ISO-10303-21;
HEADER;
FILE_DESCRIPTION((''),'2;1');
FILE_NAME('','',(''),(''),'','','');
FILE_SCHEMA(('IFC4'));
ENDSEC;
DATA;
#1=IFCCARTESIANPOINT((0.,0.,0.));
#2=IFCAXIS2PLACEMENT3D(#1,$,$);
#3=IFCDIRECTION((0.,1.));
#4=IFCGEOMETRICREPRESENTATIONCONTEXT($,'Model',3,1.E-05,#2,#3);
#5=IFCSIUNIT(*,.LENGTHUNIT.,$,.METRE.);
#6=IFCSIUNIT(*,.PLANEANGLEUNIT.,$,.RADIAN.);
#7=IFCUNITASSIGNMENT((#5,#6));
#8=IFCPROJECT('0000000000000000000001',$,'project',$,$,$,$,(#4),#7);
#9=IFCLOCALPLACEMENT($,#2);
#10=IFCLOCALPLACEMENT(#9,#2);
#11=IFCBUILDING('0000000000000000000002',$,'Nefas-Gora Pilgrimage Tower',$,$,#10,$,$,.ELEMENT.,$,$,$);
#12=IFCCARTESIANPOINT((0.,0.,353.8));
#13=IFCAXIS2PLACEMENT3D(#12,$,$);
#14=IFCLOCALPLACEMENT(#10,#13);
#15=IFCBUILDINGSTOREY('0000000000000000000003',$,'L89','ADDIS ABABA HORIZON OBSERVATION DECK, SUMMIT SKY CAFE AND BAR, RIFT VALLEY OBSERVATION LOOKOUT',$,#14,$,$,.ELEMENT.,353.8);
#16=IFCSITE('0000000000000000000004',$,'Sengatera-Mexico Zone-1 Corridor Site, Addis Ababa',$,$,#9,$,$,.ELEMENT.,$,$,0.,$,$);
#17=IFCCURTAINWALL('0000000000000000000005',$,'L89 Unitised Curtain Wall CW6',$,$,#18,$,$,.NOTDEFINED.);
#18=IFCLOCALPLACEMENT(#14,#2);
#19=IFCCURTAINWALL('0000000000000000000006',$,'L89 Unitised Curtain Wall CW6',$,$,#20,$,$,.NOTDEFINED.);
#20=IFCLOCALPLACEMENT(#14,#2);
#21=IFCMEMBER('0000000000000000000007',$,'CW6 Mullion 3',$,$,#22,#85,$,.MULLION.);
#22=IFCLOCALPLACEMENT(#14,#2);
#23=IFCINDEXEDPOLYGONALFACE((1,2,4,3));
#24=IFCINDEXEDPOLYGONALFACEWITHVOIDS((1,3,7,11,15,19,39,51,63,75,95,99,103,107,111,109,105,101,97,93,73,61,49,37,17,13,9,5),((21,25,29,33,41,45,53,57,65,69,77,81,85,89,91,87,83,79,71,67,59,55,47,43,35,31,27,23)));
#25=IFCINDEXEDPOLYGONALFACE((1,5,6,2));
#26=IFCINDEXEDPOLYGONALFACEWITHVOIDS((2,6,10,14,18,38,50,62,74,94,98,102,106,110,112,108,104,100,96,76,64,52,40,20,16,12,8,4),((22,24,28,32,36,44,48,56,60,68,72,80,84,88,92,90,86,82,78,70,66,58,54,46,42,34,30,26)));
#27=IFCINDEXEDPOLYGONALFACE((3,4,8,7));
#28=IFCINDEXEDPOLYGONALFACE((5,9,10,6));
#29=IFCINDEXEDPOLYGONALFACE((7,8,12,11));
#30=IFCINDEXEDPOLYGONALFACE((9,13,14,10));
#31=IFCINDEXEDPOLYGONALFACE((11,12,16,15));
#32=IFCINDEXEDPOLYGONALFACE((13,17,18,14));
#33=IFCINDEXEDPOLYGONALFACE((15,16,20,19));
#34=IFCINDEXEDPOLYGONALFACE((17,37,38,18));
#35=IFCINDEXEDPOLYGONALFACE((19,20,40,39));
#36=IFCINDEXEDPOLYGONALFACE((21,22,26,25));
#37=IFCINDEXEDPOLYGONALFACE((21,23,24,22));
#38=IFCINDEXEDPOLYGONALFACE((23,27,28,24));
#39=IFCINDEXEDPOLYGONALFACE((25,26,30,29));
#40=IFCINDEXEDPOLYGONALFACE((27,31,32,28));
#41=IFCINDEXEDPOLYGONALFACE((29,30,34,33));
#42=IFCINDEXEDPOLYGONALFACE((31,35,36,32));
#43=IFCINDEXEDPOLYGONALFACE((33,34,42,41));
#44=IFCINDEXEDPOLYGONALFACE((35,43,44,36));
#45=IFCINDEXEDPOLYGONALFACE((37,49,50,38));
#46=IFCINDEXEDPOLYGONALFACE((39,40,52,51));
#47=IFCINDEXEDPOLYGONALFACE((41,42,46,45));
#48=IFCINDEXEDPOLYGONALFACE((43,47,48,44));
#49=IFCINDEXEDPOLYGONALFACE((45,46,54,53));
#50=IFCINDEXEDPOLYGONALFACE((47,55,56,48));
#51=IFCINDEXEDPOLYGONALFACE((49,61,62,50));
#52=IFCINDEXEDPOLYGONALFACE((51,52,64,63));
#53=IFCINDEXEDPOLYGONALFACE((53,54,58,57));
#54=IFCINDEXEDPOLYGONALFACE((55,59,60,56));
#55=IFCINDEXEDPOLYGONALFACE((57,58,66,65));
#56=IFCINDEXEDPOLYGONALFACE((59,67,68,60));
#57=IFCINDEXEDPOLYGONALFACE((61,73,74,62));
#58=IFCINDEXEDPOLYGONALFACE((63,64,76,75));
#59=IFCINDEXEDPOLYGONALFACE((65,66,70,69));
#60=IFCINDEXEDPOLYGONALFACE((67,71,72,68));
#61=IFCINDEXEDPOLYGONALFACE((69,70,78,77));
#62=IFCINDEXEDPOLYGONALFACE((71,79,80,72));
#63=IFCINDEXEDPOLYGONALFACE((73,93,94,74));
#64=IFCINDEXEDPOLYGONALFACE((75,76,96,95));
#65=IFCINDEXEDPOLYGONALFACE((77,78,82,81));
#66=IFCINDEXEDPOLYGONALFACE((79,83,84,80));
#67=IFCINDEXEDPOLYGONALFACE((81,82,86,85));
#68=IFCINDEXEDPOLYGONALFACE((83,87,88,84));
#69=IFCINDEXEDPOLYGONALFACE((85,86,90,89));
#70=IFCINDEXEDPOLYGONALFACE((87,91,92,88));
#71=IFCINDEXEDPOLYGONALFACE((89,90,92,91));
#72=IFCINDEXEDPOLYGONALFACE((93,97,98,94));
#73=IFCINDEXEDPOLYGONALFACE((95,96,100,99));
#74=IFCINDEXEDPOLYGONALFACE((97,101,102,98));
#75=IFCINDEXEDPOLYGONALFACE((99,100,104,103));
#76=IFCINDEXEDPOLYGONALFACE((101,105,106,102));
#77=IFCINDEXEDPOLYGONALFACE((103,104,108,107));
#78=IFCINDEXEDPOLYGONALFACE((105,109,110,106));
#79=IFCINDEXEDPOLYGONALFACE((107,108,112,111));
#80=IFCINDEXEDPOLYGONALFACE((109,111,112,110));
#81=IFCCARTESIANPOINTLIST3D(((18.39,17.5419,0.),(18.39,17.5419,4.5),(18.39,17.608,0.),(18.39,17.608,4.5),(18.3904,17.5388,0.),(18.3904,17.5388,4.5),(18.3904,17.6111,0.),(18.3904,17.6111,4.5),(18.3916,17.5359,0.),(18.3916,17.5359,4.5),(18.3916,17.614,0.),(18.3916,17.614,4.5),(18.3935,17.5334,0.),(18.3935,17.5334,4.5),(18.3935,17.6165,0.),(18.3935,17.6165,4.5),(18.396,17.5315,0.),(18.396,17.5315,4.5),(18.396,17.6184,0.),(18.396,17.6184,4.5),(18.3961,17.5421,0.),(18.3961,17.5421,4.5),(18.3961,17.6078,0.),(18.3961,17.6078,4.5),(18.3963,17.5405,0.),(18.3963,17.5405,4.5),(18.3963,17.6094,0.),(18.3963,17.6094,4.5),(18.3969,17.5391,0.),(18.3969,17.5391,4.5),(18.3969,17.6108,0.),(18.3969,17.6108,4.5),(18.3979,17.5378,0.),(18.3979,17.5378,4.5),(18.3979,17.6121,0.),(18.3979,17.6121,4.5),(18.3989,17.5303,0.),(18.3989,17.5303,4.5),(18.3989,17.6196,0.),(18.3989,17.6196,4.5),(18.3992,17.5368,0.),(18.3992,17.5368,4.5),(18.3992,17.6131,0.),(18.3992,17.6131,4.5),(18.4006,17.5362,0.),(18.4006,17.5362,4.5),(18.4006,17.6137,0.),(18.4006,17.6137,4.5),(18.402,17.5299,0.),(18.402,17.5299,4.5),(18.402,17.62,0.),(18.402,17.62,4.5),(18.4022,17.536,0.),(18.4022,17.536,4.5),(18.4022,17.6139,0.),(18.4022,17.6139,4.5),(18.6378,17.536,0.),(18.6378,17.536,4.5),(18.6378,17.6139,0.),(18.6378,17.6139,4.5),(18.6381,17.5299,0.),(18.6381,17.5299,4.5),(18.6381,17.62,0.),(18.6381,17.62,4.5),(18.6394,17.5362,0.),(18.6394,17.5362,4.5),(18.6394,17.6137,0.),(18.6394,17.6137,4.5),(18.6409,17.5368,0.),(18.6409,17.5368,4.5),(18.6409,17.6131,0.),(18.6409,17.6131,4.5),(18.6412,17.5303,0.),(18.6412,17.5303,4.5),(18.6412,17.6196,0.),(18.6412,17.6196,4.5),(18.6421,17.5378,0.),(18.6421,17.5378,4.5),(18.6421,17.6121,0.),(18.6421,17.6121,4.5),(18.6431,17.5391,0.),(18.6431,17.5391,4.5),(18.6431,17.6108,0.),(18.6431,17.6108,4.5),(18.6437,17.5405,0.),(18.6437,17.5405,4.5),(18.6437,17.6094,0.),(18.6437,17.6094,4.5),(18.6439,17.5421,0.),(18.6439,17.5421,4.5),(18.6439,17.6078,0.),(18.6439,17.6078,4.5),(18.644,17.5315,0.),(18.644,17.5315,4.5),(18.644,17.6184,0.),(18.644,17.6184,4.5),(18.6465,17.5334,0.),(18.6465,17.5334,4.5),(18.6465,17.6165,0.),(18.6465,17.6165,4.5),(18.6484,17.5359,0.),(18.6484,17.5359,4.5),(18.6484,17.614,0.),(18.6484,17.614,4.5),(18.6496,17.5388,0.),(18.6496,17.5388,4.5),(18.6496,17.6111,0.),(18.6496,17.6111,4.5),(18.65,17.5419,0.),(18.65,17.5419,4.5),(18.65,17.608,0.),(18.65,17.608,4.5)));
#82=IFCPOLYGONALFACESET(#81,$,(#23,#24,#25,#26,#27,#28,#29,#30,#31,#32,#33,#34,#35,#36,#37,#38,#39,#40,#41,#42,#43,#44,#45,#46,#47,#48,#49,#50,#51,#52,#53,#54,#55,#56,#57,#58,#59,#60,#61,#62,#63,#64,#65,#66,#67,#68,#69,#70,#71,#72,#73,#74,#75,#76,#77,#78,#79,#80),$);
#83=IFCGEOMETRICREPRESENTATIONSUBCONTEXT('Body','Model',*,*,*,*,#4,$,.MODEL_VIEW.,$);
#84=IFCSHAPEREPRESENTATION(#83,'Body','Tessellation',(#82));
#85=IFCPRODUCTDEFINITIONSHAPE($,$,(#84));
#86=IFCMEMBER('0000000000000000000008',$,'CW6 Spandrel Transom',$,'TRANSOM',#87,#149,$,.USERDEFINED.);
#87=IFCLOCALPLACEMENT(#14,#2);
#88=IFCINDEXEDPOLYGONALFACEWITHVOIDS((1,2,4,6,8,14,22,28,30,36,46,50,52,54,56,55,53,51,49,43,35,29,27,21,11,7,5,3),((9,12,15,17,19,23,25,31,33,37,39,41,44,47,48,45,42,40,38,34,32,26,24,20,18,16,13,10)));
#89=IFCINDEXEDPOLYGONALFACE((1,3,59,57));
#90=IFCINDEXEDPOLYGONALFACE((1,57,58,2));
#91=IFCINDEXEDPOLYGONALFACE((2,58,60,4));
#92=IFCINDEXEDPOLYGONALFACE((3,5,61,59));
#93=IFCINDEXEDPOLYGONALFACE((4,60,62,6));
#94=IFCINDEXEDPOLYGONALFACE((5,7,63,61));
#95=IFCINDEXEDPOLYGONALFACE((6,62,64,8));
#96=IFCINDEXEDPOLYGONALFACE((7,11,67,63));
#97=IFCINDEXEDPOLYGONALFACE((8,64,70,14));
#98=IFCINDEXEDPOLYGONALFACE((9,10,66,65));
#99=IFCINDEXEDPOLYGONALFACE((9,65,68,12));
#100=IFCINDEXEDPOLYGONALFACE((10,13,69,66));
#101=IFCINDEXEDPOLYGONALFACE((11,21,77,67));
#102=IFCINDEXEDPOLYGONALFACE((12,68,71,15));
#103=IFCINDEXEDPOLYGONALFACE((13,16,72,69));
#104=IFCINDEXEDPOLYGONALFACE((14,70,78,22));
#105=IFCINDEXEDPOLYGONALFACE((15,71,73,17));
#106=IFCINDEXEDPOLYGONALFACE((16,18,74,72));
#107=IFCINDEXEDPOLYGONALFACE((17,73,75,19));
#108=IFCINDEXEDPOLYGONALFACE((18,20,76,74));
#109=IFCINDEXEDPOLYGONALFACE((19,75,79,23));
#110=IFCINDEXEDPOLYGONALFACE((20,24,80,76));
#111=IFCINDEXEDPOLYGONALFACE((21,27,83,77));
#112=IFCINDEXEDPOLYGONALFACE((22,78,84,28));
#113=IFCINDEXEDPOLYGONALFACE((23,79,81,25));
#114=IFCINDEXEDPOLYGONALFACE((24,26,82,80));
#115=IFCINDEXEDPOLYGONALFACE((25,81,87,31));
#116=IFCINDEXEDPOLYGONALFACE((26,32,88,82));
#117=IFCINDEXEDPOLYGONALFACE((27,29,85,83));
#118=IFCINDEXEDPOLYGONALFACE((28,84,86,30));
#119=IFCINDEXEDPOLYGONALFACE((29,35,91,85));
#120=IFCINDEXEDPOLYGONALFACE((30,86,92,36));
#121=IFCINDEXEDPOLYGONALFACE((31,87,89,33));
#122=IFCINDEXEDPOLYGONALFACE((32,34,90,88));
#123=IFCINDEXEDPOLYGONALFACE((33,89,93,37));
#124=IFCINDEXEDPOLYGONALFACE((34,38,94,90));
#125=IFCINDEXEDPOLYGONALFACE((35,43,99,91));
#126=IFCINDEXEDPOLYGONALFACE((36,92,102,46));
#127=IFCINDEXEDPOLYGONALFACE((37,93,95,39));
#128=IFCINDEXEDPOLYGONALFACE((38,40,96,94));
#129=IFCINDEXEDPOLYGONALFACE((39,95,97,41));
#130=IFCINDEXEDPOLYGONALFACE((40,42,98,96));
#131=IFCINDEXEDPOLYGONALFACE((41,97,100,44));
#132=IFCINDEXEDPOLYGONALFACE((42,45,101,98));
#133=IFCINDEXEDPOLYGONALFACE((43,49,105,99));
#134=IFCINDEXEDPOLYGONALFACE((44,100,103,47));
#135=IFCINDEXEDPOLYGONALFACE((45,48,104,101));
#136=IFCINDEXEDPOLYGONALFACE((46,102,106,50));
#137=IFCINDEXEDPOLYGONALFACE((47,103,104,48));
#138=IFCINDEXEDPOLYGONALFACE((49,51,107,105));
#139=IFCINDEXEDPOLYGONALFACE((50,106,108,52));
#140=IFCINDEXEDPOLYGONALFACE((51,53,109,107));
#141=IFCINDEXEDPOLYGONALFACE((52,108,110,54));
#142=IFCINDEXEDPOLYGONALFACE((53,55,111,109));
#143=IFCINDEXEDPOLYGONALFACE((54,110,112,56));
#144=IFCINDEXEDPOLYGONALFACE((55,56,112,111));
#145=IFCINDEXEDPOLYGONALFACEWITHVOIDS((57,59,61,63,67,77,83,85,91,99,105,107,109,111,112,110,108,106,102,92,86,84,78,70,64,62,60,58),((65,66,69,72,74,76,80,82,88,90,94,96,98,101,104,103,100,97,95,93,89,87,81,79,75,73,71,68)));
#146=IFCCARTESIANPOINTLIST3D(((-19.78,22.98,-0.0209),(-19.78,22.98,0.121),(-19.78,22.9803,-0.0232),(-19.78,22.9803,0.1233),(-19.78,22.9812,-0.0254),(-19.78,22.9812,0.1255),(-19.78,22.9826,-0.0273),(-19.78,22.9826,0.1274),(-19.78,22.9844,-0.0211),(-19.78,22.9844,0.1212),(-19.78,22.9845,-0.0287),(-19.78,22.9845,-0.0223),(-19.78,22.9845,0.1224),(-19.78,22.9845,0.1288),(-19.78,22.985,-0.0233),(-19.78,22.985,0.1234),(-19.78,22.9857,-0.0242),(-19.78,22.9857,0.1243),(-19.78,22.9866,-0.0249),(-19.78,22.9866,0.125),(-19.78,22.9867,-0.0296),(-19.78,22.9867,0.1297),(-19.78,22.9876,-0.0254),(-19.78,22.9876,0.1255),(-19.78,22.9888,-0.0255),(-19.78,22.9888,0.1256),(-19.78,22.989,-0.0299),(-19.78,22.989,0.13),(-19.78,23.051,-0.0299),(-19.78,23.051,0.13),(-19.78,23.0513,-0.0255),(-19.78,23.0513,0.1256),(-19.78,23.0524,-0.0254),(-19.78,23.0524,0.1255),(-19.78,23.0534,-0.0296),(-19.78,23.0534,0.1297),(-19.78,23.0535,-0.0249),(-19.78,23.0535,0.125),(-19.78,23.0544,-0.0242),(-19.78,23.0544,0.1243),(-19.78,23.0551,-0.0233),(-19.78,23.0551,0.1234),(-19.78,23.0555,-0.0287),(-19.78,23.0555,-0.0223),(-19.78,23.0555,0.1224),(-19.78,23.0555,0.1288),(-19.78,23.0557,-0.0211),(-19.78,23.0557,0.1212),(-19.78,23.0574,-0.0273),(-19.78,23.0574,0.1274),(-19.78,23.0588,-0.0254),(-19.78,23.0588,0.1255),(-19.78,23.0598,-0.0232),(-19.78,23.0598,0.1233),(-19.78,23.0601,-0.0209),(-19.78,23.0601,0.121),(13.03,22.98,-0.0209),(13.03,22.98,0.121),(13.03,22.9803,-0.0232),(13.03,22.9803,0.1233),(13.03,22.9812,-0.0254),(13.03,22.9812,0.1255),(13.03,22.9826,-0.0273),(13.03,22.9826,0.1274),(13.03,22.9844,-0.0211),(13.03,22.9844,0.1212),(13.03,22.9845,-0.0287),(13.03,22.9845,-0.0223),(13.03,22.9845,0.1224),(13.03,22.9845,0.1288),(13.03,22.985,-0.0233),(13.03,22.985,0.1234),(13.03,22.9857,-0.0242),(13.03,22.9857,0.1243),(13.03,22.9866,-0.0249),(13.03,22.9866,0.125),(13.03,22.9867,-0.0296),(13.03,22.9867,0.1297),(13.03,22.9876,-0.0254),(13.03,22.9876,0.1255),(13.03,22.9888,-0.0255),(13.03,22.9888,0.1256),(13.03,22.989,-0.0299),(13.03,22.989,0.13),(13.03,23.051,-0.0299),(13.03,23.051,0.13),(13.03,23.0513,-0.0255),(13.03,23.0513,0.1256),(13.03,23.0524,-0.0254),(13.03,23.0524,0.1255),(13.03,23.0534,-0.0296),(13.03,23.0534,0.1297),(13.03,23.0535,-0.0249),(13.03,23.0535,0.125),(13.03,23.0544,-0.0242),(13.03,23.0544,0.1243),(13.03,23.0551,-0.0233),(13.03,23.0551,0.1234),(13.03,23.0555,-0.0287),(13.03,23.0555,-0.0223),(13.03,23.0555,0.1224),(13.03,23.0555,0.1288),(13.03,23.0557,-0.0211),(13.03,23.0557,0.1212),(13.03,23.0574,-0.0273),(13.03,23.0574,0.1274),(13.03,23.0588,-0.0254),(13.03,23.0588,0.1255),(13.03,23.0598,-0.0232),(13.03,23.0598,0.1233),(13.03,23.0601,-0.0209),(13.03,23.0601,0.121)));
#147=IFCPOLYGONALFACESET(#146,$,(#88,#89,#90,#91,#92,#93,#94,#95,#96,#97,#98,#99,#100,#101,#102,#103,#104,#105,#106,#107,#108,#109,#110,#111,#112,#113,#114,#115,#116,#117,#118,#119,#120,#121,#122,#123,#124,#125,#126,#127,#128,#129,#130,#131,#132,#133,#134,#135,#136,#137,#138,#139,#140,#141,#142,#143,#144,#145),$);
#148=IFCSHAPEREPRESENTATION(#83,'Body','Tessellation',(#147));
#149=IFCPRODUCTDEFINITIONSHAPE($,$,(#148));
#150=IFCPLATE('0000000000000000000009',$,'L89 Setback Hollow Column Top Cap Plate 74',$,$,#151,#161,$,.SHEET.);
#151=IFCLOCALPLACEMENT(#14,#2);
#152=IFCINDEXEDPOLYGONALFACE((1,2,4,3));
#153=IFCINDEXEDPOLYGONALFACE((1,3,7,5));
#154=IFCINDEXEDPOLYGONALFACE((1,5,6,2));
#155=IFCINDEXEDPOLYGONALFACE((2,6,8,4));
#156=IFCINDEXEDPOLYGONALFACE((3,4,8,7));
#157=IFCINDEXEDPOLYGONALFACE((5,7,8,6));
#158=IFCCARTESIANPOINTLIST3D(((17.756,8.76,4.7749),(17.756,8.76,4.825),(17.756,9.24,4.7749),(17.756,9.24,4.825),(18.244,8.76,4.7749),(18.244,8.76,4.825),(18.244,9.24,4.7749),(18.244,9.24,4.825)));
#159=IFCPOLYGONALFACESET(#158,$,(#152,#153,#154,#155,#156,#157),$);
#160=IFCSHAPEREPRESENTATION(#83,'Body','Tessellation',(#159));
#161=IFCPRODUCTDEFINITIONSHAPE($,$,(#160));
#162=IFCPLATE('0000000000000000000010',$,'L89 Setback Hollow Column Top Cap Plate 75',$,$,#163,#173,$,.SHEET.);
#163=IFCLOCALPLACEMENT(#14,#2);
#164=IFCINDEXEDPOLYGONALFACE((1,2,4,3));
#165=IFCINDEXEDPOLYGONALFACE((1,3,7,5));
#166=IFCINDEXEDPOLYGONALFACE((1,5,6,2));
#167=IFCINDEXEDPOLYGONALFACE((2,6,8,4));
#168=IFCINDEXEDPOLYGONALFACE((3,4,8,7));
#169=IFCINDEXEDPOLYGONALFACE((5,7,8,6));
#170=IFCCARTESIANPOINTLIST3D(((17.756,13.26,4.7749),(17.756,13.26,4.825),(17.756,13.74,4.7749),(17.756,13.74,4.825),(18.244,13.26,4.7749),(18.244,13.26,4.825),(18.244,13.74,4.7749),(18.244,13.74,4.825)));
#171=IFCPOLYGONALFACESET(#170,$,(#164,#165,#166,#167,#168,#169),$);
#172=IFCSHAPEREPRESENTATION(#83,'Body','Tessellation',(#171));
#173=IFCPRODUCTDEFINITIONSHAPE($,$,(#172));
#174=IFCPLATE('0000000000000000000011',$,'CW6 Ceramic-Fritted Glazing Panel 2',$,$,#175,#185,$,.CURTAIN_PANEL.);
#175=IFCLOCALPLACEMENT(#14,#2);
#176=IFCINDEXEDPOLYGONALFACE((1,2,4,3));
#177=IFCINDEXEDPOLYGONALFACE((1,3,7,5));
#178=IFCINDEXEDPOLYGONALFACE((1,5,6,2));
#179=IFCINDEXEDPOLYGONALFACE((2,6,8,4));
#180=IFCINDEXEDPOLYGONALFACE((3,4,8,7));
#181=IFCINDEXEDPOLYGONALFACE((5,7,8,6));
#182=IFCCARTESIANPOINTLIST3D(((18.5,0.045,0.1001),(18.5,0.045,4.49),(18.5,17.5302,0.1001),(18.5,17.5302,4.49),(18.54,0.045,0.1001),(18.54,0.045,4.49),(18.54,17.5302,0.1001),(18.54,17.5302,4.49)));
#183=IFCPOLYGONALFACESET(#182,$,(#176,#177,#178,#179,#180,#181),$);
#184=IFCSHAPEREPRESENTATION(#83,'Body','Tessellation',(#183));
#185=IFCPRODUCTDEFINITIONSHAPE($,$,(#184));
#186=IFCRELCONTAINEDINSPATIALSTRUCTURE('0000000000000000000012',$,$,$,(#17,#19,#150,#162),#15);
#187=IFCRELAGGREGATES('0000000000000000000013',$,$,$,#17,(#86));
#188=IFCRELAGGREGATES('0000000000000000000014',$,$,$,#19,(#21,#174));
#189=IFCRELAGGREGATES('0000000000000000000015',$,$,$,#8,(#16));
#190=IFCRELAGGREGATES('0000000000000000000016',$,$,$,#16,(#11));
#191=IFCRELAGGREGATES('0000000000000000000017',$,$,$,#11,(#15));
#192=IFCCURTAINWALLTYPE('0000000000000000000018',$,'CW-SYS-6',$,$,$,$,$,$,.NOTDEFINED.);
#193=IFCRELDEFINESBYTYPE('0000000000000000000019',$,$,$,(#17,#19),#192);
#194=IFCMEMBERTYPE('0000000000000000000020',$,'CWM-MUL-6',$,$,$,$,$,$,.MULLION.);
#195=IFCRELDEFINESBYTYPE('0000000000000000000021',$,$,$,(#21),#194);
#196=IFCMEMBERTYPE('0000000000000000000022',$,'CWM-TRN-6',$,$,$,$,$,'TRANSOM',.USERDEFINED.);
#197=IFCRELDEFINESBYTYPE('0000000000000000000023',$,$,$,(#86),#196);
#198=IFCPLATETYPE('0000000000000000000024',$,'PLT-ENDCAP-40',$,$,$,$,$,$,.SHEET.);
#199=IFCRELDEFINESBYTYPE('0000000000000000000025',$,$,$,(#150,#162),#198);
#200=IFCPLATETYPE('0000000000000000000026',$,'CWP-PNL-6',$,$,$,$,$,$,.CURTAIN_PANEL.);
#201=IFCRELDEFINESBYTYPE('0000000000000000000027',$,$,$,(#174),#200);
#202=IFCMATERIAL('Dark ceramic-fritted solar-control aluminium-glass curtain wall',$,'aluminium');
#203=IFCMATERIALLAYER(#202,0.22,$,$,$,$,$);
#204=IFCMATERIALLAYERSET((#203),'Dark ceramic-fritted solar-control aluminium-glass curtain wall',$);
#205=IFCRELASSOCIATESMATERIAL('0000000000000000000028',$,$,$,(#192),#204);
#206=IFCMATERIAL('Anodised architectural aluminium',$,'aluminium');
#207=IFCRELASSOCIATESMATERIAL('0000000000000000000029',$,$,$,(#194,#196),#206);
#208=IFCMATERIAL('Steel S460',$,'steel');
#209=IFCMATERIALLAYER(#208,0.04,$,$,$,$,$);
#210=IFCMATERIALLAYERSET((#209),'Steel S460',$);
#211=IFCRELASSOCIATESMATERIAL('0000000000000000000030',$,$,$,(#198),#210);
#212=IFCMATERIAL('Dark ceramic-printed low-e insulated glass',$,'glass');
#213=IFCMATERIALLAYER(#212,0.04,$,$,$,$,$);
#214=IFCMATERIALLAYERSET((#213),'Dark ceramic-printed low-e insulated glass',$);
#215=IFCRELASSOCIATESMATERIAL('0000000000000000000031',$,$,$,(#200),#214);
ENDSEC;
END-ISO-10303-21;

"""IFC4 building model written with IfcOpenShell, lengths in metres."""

from ifc_helpers import new_model, si_unit, direction, frame, origin, origin_2d, place, context, subcontext, project, spatial, rectangle, hollow_rectangle, extrude, source, transform, mapped, material, layer, layer_set, material_profile, profile_set, type_object, element, aggregate, save


model = new_model("IFC4")

# Units and contexts
model_context = context("Model", 3, precision=1e-05, world=origin(), true_north=direction((0.0, 1.0)))
body_context = subcontext(model_context, "Body", "Model", "MODEL_VIEW")
ifc_project = project(units=[si_unit("LENGTHUNIT", "METRE"), si_unit("PLANEANGLEUNIT", "RADIAN")], contexts=[model_context])

# Site, building, storey
site_placement = place(None, origin())
site = spatial("IfcSite", under=ifc_project, at=site_placement, Name="Sengatera-Mexico Zone-1 Corridor Site, Addis Ababa", CompositionType="ELEMENT", RefElevation=0.0)
building_placement = place(site_placement, origin())
building = spatial("IfcBuilding", under=site, at=building_placement, Name="Nefas-Gora Pilgrimage Tower", CompositionType="ELEMENT")
storey_placement = place(building_placement, frame((0.0, 0.0, 353.8)))
storey = spatial("IfcBuildingStorey", under=building, at=storey_placement, Name="L89", Description="ADDIS ABABA HORIZON OBSERVATION DECK, SUMMIT SKY CAFE AND BAR, RIFT VALLEY OBSERVATION LOOKOUT", CompositionType="ELEMENT", Elevation=353.8)

# Curtain walls, member
ifc_material_1 = material(Name="Dark ceramic-fritted solar-control aluminium-glass curtain wall", Category="aluminium")
ifc_layer_1 = layer(ifc_material_1, 0.22)
ifc_layer_set_1 = layer_set([ifc_layer_1], Name="Dark ceramic-fritted solar-control aluminium-glass curtain wall")
curtain_wall_type = type_object("IfcCurtainWallType", Name="CW-SYS-6", PredefinedType="NOTDEFINED", material=ifc_layer_set_1)
curtain_wall_1_placement = place(storey_placement, origin())
curtain_wall_1 = element("IfcCurtainWall", 1, at=curtain_wall_1_placement, inside=storey, type_object=curtain_wall_type, Name="L89 Unitised Curtain Wall CW6", PredefinedType="NOTDEFINED")
ifc_material_2 = material(Name="Anodised architectural aluminium", Category="aluminium")
ifc_material_profile_1 = material_profile(ifc_material_2, hollow_rectangle(XDim=0.0901, YDim=0.26, WallThickness=0.0061, InnerFilletRadius=0.0061, OuterFilletRadius=0.012, at=origin_2d()), Name="ALU MULLION 90x260")
ifc_profile_set_1 = profile_set([ifc_material_profile_1], Name="Anodised architectural aluminium")
member_type_1 = type_object("IfcMemberType", Name="CWM-MUL-6", PredefinedType="MULLION", material=ifc_profile_set_1)
shared_shape_1 = source(origin(), body_context, "Body", "SweptSolid", [
    extrude(hollow_rectangle(XDim=0.0901, YDim=0.26, WallThickness=0.0061, InnerFilletRadius=0.0061, OuterFilletRadius=0.012, at=origin_2d()), origin(), (0.0, 0.0, 1.0), 4.5),
])
curtain_wall_2_placement = place(storey_placement, origin())
curtain_wall_2 = element("IfcCurtainWall", 2, at=curtain_wall_2_placement, inside=storey, type_object=curtain_wall_type, Name="L89 Unitised Curtain Wall CW6", PredefinedType="NOTDEFINED")
member_1_placement = place(storey_placement, frame((18.52, 17.575, 0.0), z_axis=(0.0, 0.0, 1.0), x_axis=(0.0, 1.0, 0.0)))
member_1 = element("IfcMember", 3, at=member_1_placement, type_object=member_type_1, Name="CW6 Mullion 3", PredefinedType="MULLION", context=body_context, shape_type="MappedRepresentation", body=[
    mapped(shared_shape_1, transform((0.0, 0.0, 0.0), x_axis=(1.0, 0.0, 0.0), y_axis=(0.0, 1.0, 0.0), z_axis=(0.0, 0.0, 1.0), scale=1.0)),
])

# Member
ifc_material_profile_2 = material_profile(ifc_material_2, hollow_rectangle(XDim=0.0801, YDim=0.1599, WallThickness=0.0044, InnerFilletRadius=0.0044, OuterFilletRadius=0.009, at=origin_2d()), Name="ALU TRANSOM 80x160")
ifc_profile_set_2 = profile_set([ifc_material_profile_2], Name="Anodised architectural aluminium")
member_type_2 = type_object("IfcMemberType", Name="CWM-TRN-6", ElementType="TRANSOM", PredefinedType="USERDEFINED", material=ifc_profile_set_2)
shared_shape_2 = source(origin(), body_context, "Body", "SweptSolid", [
    extrude(hollow_rectangle(XDim=0.0801, YDim=0.1599, WallThickness=0.0044, InnerFilletRadius=0.0044, OuterFilletRadius=0.009, at=origin_2d()), origin(), (0.0, 0.0, 1.0), 32.8101),
])
member_2_placement = place(storey_placement, frame((13.03, 23.02, 0.05), z_axis=(-1.0, 0.0, 0.0), x_axis=(0.0, -1.0, 0.0)))
member_2 = element("IfcMember", 4, at=member_2_placement, type_object=member_type_2, Name="CW6 Spandrel Transom", ObjectType="TRANSOM", PredefinedType="USERDEFINED", context=body_context, shape_type="MappedRepresentation", body=[
    mapped(shared_shape_2, transform((0.0, 0.0, 0.0), x_axis=(1.0, 0.0, 0.0), y_axis=(0.0, 1.0, 0.0), z_axis=(0.0, 0.0, 1.0), scale=1.0)),
])
aggregate(curtain_wall_1, [member_2])

# Plates
ifc_material_3 = material(Name="Steel S460", Category="steel")
ifc_layer_2 = layer(ifc_material_3, 0.04)
ifc_layer_set_2 = layer_set([ifc_layer_2], Name="Steel S460")
plate_type_1 = type_object("IfcPlateType", Name="PLT-ENDCAP-40", PredefinedType="SHEET", material=ifc_layer_set_2)
shared_shape_3 = source(origin(), body_context, "Body", "SweptSolid", [
    extrude(rectangle(XDim=0.488, YDim=0.48, at=origin_2d()), origin(), (0.0, 0.0, 1.0), 0.05),
])
for number, where, z_axis, x_axis, name in (
    (5, (18.0, 9.0, 4.7749), (0.0, 0.0, 1.0), (1.0, 0.0, 0.0), "L89 Setback Hollow Column Top Cap Plate 74"),
    (6, (18.0, 13.5, 4.7749), (0.0, 0.0, 1.0), (1.0, 0.0, 0.0), "L89 Setback Hollow Column Top Cap Plate 75"),
):
    element("IfcPlate", number, at=place(storey_placement, frame(where, z_axis=z_axis, x_axis=x_axis)), inside=storey, type_object=plate_type_1, Name=name, PredefinedType="SHEET", context=body_context, shape_type="MappedRepresentation", body=[
        mapped(shared_shape_3, transform((0.0, 0.0, 0.0), x_axis=(1.0, 0.0, 0.0), y_axis=(0.0, 1.0, 0.0), z_axis=(0.0, 0.0, 1.0), scale=1.0)),
    ])

# Plate
ifc_material_4 = material(Name="Dark ceramic-printed low-e insulated glass", Category="glass")
ifc_layer_3 = layer(ifc_material_4, 0.04)
ifc_layer_set_3 = layer_set([ifc_layer_3], Name="Dark ceramic-printed low-e insulated glass")
plate_type_2 = type_object("IfcPlateType", Name="CWP-PNL-6", PredefinedType="CURTAIN_PANEL", material=ifc_layer_set_3)
shared_shape_4 = source(origin(), body_context, "Body", "SweptSolid", [
    extrude(rectangle(XDim=17.4851, YDim=0.04, at=origin_2d()), origin(), (0.0, 0.0, 1.0), 4.3899),
])
plate_placement = place(storey_placement, frame((18.52, 8.7876, 0.1001), z_axis=(0.0, 0.0, 1.0), x_axis=(0.0, 1.0, 0.0)))
plate = element("IfcPlate", 7, at=plate_placement, type_object=plate_type_2, Name="CW6 Ceramic-Fritted Glazing Panel 2", PredefinedType="CURTAIN_PANEL", context=body_context, shape_type="MappedRepresentation", body=[
    mapped(shared_shape_4, transform((0.0, 0.0, 0.0), x_axis=(1.0, 0.0, 0.0), y_axis=(0.0, 1.0, 0.0), z_axis=(0.0, 0.0, 1.0), scale=1.0)),
])
aggregate(curtain_wall_2, [member_1, plate])

save(model, "model.ifc")
